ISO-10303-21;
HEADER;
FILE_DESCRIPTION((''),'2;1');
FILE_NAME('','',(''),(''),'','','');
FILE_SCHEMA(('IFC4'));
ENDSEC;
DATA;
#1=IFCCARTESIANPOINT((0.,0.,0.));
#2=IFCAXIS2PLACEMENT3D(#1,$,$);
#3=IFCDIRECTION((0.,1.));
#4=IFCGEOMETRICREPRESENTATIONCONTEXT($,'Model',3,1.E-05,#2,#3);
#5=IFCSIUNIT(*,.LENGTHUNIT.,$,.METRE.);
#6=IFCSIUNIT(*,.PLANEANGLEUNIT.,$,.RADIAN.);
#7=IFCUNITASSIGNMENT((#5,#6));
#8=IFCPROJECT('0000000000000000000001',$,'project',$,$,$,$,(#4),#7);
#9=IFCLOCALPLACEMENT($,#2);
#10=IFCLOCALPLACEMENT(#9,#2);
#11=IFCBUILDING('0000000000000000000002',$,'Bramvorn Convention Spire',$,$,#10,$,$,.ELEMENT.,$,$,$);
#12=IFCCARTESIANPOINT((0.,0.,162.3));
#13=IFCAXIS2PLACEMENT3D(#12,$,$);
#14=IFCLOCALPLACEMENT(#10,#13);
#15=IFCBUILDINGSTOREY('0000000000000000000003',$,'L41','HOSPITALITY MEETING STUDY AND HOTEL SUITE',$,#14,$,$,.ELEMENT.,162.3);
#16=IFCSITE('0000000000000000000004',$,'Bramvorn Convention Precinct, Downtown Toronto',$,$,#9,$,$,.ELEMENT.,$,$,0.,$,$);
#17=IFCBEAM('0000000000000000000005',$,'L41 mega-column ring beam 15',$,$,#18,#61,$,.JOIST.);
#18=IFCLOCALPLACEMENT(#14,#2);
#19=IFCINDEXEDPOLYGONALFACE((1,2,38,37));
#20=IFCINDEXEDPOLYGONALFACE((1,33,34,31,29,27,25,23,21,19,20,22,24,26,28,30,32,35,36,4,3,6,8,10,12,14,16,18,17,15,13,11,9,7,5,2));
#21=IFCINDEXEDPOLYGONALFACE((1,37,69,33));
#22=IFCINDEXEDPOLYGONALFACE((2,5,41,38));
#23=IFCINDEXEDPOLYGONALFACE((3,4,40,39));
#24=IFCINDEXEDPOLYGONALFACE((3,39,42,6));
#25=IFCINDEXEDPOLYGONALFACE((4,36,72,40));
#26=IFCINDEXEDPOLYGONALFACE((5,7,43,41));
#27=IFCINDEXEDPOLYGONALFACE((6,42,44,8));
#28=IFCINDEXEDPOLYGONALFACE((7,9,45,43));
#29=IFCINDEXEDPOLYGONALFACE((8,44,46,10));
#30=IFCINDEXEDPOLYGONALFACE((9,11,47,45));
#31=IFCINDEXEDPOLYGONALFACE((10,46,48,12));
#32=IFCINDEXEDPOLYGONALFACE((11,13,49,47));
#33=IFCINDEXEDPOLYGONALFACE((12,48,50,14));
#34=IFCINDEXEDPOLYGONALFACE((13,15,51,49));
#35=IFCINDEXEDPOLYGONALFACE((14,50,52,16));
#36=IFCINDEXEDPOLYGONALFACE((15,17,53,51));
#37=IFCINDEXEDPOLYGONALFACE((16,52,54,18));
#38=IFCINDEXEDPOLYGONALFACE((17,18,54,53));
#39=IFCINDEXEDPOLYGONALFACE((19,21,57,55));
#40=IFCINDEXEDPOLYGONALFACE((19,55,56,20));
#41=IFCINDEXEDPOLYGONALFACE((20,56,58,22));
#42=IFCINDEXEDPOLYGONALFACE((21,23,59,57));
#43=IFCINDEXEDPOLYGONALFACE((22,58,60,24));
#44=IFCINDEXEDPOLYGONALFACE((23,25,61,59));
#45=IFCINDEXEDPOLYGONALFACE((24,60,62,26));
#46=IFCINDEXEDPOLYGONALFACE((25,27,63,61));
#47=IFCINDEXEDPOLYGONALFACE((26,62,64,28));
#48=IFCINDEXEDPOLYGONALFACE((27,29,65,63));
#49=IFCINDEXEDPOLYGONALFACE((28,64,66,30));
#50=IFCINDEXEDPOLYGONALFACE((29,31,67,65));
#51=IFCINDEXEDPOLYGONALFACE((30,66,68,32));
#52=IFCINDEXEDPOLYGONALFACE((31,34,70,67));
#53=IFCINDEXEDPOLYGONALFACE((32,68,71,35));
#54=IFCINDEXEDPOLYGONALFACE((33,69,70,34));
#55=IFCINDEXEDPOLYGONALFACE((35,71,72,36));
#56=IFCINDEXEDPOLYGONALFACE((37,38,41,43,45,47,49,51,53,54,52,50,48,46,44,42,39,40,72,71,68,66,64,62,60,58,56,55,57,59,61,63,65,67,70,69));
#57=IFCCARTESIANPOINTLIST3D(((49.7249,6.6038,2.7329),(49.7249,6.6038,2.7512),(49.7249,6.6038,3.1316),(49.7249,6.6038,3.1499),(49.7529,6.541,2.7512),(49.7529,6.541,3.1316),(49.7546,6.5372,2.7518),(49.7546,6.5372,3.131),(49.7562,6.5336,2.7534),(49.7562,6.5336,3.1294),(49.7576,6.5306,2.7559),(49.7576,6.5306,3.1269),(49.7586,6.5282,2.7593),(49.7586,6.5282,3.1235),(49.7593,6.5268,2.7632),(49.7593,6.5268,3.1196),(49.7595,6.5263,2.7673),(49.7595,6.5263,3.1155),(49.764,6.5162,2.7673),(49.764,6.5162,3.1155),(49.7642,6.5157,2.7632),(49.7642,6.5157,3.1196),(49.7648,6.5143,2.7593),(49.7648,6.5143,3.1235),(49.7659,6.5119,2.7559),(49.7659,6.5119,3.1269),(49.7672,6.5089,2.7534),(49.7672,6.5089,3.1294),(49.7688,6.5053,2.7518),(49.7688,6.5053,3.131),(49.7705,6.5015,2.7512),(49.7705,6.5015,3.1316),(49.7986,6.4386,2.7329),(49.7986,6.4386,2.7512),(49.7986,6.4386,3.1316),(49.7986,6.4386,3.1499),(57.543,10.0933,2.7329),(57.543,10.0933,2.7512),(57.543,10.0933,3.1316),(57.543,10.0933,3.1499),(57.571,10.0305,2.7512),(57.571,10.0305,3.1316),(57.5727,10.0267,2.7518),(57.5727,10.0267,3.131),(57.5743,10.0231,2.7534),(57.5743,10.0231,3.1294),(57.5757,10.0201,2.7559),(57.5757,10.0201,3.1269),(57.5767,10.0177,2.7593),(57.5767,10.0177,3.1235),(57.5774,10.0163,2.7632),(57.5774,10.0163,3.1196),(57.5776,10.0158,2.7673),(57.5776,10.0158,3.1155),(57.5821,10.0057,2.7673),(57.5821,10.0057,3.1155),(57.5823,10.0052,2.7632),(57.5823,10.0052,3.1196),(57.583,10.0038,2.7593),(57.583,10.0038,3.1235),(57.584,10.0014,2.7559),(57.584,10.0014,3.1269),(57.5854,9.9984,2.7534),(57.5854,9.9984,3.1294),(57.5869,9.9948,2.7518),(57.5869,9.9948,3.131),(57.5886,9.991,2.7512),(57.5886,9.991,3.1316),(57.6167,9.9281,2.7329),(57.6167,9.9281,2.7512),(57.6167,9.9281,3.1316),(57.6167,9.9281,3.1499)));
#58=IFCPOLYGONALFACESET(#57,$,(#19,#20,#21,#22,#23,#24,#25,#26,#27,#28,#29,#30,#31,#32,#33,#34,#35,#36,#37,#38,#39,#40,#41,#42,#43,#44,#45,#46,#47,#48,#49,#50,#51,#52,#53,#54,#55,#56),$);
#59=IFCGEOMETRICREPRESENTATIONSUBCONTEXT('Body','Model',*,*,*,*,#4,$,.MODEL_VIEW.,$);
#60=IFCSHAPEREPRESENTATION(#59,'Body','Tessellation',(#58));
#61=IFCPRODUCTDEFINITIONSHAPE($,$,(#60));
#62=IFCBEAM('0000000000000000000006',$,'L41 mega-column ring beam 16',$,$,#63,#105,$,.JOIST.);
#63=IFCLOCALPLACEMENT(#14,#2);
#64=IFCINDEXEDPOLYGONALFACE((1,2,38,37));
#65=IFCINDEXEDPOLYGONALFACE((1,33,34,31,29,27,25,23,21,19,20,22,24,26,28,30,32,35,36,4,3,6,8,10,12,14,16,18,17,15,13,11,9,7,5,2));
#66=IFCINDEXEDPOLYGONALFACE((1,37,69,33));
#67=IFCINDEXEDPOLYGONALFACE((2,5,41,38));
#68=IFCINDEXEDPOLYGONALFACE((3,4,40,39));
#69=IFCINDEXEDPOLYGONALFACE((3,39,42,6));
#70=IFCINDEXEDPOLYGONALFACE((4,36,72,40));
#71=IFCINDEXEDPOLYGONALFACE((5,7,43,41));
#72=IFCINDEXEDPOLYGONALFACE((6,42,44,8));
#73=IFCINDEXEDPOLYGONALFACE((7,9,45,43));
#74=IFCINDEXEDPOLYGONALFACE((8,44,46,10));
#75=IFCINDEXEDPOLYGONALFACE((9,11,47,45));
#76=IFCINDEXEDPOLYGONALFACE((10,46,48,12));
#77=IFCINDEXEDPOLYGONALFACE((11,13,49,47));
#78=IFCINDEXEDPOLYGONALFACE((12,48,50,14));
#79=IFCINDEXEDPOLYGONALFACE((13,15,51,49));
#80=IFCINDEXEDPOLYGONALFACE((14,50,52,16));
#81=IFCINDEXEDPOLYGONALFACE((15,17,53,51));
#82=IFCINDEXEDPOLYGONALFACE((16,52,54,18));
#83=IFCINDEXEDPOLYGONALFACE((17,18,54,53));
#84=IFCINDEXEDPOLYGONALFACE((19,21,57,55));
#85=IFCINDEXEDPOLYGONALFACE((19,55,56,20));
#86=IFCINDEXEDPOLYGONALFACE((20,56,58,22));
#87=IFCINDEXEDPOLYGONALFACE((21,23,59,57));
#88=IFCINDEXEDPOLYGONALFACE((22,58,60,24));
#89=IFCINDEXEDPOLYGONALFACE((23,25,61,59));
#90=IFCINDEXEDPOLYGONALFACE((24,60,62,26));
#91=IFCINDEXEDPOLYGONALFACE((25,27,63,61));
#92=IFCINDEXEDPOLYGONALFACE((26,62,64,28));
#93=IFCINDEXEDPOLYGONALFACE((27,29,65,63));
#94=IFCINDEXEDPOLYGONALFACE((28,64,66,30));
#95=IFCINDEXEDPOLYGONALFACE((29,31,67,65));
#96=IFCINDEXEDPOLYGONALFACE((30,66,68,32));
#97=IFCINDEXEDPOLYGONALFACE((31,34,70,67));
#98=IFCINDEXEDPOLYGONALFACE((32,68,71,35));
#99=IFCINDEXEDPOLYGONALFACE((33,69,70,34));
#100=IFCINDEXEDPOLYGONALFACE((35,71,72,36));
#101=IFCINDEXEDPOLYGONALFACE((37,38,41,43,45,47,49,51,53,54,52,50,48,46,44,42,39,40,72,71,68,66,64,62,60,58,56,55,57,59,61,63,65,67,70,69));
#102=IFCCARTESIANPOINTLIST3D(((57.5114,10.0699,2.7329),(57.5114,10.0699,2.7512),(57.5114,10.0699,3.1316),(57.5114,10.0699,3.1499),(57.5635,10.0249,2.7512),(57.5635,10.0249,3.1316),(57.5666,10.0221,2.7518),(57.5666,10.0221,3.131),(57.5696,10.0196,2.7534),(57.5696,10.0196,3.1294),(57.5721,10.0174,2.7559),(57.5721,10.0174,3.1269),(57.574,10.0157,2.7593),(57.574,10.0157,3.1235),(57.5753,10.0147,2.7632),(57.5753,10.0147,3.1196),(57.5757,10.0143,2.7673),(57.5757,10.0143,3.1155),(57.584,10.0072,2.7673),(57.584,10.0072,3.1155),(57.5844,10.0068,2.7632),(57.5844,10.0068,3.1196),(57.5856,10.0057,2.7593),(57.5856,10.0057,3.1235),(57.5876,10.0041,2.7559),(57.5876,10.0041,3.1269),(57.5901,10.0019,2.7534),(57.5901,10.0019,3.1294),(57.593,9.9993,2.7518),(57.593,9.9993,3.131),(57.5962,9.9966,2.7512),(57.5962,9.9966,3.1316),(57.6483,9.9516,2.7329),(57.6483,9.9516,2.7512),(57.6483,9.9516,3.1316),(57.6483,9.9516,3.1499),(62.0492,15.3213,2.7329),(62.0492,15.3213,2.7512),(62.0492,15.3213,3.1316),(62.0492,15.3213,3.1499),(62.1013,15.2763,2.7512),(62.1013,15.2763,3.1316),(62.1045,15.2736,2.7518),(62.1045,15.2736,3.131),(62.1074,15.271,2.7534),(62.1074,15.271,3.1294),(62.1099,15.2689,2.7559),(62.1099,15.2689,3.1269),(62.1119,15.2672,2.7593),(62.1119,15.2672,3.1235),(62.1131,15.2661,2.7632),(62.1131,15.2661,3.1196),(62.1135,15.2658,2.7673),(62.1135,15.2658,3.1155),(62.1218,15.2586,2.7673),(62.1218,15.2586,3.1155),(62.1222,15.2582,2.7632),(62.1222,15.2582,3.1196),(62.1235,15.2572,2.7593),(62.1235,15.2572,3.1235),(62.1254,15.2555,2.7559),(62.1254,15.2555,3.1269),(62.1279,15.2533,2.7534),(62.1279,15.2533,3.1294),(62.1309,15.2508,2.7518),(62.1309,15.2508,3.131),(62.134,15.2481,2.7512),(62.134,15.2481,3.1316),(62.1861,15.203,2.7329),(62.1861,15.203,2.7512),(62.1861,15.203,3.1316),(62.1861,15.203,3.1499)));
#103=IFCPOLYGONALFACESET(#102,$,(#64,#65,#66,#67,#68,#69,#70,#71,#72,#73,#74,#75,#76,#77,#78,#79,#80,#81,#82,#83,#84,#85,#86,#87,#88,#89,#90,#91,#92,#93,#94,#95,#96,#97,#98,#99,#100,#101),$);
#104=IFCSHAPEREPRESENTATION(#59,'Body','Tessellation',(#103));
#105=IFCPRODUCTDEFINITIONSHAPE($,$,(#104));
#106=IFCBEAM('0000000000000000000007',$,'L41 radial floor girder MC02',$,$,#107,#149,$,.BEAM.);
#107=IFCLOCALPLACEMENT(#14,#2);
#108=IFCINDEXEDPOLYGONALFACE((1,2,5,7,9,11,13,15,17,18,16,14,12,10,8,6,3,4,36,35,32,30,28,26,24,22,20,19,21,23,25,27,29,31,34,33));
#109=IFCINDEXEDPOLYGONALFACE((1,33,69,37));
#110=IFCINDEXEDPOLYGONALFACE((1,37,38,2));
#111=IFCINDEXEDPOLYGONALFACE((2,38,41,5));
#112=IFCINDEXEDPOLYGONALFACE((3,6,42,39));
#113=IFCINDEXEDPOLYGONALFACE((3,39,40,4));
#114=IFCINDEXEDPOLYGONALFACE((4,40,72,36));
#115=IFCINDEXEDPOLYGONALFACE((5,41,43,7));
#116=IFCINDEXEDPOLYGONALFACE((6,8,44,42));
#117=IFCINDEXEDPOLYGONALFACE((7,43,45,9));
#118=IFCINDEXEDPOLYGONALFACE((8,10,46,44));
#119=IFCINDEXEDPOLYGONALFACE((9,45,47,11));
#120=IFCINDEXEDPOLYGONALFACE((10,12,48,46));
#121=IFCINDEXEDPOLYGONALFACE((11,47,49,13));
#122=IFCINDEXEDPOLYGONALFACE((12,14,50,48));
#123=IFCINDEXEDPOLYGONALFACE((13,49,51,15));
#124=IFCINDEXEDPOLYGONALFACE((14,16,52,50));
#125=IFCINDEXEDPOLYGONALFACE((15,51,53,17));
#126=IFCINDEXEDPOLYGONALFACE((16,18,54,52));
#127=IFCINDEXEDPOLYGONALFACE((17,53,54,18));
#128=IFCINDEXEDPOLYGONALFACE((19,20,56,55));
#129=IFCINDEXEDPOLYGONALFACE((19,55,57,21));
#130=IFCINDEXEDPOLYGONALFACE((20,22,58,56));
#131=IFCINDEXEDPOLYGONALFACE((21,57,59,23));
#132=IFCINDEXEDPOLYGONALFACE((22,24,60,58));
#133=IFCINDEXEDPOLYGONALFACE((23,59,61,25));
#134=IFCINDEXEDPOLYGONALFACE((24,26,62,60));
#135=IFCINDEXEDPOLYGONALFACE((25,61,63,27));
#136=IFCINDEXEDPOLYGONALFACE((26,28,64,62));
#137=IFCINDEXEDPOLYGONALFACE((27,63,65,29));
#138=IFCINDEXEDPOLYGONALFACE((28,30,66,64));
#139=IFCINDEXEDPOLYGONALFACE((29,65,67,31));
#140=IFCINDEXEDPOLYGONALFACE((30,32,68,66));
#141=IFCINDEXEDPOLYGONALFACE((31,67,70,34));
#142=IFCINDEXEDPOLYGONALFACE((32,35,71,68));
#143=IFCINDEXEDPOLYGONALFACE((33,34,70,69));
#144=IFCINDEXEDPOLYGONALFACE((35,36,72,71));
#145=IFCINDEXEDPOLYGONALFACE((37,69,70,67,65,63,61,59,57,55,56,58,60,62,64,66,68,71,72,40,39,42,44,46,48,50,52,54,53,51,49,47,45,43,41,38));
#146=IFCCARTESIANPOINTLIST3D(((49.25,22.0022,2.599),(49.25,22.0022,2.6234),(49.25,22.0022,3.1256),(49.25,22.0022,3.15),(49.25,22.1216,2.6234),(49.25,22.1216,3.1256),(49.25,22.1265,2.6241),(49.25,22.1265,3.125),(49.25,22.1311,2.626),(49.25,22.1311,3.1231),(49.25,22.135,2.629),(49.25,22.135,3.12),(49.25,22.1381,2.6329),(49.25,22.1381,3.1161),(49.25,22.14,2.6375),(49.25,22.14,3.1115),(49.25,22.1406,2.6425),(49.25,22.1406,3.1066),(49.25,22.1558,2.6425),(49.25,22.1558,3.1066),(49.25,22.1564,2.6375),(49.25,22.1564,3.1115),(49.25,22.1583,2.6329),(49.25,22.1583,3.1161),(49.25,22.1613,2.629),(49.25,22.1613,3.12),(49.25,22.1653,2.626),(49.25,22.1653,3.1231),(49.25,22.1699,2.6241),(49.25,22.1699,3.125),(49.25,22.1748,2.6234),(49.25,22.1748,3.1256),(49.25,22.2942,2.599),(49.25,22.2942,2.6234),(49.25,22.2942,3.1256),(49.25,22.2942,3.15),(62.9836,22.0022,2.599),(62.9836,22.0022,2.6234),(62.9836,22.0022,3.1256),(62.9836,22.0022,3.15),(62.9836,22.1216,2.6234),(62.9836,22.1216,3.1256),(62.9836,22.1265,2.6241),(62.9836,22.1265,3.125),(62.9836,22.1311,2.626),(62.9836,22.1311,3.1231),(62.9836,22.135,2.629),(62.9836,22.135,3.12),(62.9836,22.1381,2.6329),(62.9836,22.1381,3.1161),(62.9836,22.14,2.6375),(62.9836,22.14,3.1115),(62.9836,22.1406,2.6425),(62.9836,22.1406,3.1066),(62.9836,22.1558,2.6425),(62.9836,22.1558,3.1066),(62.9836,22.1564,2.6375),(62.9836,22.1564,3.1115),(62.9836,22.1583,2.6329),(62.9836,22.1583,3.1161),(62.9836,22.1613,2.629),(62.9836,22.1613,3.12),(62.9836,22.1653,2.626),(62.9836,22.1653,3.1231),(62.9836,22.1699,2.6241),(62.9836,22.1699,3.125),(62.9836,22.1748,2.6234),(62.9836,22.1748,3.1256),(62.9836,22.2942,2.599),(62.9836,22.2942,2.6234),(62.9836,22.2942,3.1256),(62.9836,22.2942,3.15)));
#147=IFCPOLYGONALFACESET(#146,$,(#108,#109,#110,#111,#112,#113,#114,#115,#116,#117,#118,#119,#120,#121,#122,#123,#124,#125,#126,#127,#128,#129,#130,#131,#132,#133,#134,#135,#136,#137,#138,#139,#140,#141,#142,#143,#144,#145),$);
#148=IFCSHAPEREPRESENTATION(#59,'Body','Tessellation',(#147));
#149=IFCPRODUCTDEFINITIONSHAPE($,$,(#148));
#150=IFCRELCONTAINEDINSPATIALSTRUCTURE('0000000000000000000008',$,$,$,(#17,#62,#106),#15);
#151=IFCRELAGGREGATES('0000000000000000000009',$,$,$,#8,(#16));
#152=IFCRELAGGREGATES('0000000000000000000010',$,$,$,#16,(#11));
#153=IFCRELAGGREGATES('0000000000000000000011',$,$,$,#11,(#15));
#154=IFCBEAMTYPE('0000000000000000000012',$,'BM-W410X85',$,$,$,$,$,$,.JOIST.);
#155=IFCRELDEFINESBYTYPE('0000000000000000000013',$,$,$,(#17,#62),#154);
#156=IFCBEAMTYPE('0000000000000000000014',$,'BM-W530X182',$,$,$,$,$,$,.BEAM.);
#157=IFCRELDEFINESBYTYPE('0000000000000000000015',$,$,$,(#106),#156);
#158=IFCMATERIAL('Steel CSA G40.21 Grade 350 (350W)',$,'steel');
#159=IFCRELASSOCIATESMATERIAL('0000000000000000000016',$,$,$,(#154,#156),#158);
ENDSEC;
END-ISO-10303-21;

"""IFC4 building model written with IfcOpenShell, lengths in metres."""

from ifc_helpers import new_model, si_unit, direction, frame, origin, origin_2d, place, context, subcontext, project, spatial, i_section, extrude, material, material_profile, profile_set, type_object, element, save


model = new_model("IFC4")

# Units and contexts
model_context = context("Model", 3, precision=1e-05, world=origin(), true_north=direction((0.0, 1.0)))
body_context = subcontext(model_context, "Body", "Model", "MODEL_VIEW")
ifc_project = project(units=[si_unit("LENGTHUNIT", "METRE"), si_unit("PLANEANGLEUNIT", "RADIAN")], contexts=[model_context])

# Site, building, storey
site_placement = place(None, origin())
site = spatial("IfcSite", under=ifc_project, at=site_placement, Name="Bramvorn Convention Precinct, Downtown Toronto", CompositionType="ELEMENT", RefElevation=0.0)
building_placement = place(site_placement, origin())
building = spatial("IfcBuilding", under=site, at=building_placement, Name="Bramvorn Convention Spire", CompositionType="ELEMENT")
storey_placement = place(building_placement, frame((0.0, 0.0, 162.3)))
storey = spatial("IfcBuildingStorey", under=building, at=storey_placement, Name="L41", Description="HOSPITALITY MEETING STUDY AND HOTEL SUITE", CompositionType="ELEMENT", Elevation=162.3)

# Shared definitions
ifc_material_1 = material(Name="Steel CSA G40.21 Grade 350 (350W)", Category="steel")

# Beams
ifc_material_profile_1 = material_profile(ifc_material_1, i_section(OverallWidth=0.1809, OverallDepth=0.417, WebThickness=0.011, FlangeThickness=0.0183, FilletRadius=0.0161, at=origin_2d()))
ifc_profile_set_1 = profile_set([ifc_material_profile_1], Name="Steel CSA G40.21 Grade 350 (350W) - W410X85")
beam_type_1 = type_object("IfcBeamType", Name="BM-W410X85", PredefinedType="JOIST", material=ifc_profile_set_1)
beam_1_placement = place(storey_placement, frame((49.7617, 6.5212, 2.9414), z_axis=(0.91317, 0.40758, 0.0), x_axis=(-0.40758, 0.91317, 0.0)))
element("IfcBeam", 1, at=beam_1_placement, inside=storey, type_object=beam_type_1, Name="L41 mega-column ring beam 15", PredefinedType="JOIST", context=body_context, shape_type="SweptSolid", body=[
    extrude(i_section(OverallWidth=0.1809, OverallDepth=0.417, WebThickness=0.011, FlangeThickness=0.0183, FilletRadius=0.0161, at=origin_2d()), origin(), (0.0, 0.0, 1.0), 8.5615),
])
beam_2_placement = place(storey_placement, frame((57.5798, 10.0107, 2.9414), z_axis=(0.653825, 0.756646, 0.0), x_axis=(-0.756646, 0.653825, 0.0)))
element("IfcBeam", 2, at=beam_2_placement, inside=storey, type_object=beam_type_1, Name="L41 mega-column ring beam 16", PredefinedType="JOIST", context=body_context, shape_type="SweptSolid", body=[
    extrude(i_section(OverallWidth=0.1809, OverallDepth=0.417, WebThickness=0.011, FlangeThickness=0.0183, FilletRadius=0.0161, at=origin_2d()), origin(), (0.0, 0.0, 1.0), 6.9404),
])
ifc_material_profile_2 = material_profile(ifc_material_1, i_section(OverallWidth=0.292, OverallDepth=0.551, WebThickness=0.0151, FlangeThickness=0.0244, FilletRadius=0.019, at=origin_2d()))
ifc_profile_set_2 = profile_set([ifc_material_profile_2], Name="Steel CSA G40.21 Grade 350 (350W) - W530X182")
beam_type_2 = type_object("IfcBeamType", Name="BM-W530X182", PredefinedType="BEAM", material=ifc_profile_set_2)
beam_3_placement = place(storey_placement, frame((49.25, 22.1482, 2.8745), z_axis=(1.0, 0.0, 0.0), x_axis=(0.0, 1.0, 0.0)))
element("IfcBeam", 3, at=beam_3_placement, inside=storey, type_object=beam_type_2, Name="L41 radial floor girder MC02", PredefinedType="BEAM", context=body_context, shape_type="SweptSolid", body=[
    extrude(i_section(OverallWidth=0.292, OverallDepth=0.551, WebThickness=0.0151, FlangeThickness=0.0244, FilletRadius=0.019, at=origin_2d()), origin(), (0.0, 0.0, 1.0), 13.7336),
])

save(model, "model.ifc")
